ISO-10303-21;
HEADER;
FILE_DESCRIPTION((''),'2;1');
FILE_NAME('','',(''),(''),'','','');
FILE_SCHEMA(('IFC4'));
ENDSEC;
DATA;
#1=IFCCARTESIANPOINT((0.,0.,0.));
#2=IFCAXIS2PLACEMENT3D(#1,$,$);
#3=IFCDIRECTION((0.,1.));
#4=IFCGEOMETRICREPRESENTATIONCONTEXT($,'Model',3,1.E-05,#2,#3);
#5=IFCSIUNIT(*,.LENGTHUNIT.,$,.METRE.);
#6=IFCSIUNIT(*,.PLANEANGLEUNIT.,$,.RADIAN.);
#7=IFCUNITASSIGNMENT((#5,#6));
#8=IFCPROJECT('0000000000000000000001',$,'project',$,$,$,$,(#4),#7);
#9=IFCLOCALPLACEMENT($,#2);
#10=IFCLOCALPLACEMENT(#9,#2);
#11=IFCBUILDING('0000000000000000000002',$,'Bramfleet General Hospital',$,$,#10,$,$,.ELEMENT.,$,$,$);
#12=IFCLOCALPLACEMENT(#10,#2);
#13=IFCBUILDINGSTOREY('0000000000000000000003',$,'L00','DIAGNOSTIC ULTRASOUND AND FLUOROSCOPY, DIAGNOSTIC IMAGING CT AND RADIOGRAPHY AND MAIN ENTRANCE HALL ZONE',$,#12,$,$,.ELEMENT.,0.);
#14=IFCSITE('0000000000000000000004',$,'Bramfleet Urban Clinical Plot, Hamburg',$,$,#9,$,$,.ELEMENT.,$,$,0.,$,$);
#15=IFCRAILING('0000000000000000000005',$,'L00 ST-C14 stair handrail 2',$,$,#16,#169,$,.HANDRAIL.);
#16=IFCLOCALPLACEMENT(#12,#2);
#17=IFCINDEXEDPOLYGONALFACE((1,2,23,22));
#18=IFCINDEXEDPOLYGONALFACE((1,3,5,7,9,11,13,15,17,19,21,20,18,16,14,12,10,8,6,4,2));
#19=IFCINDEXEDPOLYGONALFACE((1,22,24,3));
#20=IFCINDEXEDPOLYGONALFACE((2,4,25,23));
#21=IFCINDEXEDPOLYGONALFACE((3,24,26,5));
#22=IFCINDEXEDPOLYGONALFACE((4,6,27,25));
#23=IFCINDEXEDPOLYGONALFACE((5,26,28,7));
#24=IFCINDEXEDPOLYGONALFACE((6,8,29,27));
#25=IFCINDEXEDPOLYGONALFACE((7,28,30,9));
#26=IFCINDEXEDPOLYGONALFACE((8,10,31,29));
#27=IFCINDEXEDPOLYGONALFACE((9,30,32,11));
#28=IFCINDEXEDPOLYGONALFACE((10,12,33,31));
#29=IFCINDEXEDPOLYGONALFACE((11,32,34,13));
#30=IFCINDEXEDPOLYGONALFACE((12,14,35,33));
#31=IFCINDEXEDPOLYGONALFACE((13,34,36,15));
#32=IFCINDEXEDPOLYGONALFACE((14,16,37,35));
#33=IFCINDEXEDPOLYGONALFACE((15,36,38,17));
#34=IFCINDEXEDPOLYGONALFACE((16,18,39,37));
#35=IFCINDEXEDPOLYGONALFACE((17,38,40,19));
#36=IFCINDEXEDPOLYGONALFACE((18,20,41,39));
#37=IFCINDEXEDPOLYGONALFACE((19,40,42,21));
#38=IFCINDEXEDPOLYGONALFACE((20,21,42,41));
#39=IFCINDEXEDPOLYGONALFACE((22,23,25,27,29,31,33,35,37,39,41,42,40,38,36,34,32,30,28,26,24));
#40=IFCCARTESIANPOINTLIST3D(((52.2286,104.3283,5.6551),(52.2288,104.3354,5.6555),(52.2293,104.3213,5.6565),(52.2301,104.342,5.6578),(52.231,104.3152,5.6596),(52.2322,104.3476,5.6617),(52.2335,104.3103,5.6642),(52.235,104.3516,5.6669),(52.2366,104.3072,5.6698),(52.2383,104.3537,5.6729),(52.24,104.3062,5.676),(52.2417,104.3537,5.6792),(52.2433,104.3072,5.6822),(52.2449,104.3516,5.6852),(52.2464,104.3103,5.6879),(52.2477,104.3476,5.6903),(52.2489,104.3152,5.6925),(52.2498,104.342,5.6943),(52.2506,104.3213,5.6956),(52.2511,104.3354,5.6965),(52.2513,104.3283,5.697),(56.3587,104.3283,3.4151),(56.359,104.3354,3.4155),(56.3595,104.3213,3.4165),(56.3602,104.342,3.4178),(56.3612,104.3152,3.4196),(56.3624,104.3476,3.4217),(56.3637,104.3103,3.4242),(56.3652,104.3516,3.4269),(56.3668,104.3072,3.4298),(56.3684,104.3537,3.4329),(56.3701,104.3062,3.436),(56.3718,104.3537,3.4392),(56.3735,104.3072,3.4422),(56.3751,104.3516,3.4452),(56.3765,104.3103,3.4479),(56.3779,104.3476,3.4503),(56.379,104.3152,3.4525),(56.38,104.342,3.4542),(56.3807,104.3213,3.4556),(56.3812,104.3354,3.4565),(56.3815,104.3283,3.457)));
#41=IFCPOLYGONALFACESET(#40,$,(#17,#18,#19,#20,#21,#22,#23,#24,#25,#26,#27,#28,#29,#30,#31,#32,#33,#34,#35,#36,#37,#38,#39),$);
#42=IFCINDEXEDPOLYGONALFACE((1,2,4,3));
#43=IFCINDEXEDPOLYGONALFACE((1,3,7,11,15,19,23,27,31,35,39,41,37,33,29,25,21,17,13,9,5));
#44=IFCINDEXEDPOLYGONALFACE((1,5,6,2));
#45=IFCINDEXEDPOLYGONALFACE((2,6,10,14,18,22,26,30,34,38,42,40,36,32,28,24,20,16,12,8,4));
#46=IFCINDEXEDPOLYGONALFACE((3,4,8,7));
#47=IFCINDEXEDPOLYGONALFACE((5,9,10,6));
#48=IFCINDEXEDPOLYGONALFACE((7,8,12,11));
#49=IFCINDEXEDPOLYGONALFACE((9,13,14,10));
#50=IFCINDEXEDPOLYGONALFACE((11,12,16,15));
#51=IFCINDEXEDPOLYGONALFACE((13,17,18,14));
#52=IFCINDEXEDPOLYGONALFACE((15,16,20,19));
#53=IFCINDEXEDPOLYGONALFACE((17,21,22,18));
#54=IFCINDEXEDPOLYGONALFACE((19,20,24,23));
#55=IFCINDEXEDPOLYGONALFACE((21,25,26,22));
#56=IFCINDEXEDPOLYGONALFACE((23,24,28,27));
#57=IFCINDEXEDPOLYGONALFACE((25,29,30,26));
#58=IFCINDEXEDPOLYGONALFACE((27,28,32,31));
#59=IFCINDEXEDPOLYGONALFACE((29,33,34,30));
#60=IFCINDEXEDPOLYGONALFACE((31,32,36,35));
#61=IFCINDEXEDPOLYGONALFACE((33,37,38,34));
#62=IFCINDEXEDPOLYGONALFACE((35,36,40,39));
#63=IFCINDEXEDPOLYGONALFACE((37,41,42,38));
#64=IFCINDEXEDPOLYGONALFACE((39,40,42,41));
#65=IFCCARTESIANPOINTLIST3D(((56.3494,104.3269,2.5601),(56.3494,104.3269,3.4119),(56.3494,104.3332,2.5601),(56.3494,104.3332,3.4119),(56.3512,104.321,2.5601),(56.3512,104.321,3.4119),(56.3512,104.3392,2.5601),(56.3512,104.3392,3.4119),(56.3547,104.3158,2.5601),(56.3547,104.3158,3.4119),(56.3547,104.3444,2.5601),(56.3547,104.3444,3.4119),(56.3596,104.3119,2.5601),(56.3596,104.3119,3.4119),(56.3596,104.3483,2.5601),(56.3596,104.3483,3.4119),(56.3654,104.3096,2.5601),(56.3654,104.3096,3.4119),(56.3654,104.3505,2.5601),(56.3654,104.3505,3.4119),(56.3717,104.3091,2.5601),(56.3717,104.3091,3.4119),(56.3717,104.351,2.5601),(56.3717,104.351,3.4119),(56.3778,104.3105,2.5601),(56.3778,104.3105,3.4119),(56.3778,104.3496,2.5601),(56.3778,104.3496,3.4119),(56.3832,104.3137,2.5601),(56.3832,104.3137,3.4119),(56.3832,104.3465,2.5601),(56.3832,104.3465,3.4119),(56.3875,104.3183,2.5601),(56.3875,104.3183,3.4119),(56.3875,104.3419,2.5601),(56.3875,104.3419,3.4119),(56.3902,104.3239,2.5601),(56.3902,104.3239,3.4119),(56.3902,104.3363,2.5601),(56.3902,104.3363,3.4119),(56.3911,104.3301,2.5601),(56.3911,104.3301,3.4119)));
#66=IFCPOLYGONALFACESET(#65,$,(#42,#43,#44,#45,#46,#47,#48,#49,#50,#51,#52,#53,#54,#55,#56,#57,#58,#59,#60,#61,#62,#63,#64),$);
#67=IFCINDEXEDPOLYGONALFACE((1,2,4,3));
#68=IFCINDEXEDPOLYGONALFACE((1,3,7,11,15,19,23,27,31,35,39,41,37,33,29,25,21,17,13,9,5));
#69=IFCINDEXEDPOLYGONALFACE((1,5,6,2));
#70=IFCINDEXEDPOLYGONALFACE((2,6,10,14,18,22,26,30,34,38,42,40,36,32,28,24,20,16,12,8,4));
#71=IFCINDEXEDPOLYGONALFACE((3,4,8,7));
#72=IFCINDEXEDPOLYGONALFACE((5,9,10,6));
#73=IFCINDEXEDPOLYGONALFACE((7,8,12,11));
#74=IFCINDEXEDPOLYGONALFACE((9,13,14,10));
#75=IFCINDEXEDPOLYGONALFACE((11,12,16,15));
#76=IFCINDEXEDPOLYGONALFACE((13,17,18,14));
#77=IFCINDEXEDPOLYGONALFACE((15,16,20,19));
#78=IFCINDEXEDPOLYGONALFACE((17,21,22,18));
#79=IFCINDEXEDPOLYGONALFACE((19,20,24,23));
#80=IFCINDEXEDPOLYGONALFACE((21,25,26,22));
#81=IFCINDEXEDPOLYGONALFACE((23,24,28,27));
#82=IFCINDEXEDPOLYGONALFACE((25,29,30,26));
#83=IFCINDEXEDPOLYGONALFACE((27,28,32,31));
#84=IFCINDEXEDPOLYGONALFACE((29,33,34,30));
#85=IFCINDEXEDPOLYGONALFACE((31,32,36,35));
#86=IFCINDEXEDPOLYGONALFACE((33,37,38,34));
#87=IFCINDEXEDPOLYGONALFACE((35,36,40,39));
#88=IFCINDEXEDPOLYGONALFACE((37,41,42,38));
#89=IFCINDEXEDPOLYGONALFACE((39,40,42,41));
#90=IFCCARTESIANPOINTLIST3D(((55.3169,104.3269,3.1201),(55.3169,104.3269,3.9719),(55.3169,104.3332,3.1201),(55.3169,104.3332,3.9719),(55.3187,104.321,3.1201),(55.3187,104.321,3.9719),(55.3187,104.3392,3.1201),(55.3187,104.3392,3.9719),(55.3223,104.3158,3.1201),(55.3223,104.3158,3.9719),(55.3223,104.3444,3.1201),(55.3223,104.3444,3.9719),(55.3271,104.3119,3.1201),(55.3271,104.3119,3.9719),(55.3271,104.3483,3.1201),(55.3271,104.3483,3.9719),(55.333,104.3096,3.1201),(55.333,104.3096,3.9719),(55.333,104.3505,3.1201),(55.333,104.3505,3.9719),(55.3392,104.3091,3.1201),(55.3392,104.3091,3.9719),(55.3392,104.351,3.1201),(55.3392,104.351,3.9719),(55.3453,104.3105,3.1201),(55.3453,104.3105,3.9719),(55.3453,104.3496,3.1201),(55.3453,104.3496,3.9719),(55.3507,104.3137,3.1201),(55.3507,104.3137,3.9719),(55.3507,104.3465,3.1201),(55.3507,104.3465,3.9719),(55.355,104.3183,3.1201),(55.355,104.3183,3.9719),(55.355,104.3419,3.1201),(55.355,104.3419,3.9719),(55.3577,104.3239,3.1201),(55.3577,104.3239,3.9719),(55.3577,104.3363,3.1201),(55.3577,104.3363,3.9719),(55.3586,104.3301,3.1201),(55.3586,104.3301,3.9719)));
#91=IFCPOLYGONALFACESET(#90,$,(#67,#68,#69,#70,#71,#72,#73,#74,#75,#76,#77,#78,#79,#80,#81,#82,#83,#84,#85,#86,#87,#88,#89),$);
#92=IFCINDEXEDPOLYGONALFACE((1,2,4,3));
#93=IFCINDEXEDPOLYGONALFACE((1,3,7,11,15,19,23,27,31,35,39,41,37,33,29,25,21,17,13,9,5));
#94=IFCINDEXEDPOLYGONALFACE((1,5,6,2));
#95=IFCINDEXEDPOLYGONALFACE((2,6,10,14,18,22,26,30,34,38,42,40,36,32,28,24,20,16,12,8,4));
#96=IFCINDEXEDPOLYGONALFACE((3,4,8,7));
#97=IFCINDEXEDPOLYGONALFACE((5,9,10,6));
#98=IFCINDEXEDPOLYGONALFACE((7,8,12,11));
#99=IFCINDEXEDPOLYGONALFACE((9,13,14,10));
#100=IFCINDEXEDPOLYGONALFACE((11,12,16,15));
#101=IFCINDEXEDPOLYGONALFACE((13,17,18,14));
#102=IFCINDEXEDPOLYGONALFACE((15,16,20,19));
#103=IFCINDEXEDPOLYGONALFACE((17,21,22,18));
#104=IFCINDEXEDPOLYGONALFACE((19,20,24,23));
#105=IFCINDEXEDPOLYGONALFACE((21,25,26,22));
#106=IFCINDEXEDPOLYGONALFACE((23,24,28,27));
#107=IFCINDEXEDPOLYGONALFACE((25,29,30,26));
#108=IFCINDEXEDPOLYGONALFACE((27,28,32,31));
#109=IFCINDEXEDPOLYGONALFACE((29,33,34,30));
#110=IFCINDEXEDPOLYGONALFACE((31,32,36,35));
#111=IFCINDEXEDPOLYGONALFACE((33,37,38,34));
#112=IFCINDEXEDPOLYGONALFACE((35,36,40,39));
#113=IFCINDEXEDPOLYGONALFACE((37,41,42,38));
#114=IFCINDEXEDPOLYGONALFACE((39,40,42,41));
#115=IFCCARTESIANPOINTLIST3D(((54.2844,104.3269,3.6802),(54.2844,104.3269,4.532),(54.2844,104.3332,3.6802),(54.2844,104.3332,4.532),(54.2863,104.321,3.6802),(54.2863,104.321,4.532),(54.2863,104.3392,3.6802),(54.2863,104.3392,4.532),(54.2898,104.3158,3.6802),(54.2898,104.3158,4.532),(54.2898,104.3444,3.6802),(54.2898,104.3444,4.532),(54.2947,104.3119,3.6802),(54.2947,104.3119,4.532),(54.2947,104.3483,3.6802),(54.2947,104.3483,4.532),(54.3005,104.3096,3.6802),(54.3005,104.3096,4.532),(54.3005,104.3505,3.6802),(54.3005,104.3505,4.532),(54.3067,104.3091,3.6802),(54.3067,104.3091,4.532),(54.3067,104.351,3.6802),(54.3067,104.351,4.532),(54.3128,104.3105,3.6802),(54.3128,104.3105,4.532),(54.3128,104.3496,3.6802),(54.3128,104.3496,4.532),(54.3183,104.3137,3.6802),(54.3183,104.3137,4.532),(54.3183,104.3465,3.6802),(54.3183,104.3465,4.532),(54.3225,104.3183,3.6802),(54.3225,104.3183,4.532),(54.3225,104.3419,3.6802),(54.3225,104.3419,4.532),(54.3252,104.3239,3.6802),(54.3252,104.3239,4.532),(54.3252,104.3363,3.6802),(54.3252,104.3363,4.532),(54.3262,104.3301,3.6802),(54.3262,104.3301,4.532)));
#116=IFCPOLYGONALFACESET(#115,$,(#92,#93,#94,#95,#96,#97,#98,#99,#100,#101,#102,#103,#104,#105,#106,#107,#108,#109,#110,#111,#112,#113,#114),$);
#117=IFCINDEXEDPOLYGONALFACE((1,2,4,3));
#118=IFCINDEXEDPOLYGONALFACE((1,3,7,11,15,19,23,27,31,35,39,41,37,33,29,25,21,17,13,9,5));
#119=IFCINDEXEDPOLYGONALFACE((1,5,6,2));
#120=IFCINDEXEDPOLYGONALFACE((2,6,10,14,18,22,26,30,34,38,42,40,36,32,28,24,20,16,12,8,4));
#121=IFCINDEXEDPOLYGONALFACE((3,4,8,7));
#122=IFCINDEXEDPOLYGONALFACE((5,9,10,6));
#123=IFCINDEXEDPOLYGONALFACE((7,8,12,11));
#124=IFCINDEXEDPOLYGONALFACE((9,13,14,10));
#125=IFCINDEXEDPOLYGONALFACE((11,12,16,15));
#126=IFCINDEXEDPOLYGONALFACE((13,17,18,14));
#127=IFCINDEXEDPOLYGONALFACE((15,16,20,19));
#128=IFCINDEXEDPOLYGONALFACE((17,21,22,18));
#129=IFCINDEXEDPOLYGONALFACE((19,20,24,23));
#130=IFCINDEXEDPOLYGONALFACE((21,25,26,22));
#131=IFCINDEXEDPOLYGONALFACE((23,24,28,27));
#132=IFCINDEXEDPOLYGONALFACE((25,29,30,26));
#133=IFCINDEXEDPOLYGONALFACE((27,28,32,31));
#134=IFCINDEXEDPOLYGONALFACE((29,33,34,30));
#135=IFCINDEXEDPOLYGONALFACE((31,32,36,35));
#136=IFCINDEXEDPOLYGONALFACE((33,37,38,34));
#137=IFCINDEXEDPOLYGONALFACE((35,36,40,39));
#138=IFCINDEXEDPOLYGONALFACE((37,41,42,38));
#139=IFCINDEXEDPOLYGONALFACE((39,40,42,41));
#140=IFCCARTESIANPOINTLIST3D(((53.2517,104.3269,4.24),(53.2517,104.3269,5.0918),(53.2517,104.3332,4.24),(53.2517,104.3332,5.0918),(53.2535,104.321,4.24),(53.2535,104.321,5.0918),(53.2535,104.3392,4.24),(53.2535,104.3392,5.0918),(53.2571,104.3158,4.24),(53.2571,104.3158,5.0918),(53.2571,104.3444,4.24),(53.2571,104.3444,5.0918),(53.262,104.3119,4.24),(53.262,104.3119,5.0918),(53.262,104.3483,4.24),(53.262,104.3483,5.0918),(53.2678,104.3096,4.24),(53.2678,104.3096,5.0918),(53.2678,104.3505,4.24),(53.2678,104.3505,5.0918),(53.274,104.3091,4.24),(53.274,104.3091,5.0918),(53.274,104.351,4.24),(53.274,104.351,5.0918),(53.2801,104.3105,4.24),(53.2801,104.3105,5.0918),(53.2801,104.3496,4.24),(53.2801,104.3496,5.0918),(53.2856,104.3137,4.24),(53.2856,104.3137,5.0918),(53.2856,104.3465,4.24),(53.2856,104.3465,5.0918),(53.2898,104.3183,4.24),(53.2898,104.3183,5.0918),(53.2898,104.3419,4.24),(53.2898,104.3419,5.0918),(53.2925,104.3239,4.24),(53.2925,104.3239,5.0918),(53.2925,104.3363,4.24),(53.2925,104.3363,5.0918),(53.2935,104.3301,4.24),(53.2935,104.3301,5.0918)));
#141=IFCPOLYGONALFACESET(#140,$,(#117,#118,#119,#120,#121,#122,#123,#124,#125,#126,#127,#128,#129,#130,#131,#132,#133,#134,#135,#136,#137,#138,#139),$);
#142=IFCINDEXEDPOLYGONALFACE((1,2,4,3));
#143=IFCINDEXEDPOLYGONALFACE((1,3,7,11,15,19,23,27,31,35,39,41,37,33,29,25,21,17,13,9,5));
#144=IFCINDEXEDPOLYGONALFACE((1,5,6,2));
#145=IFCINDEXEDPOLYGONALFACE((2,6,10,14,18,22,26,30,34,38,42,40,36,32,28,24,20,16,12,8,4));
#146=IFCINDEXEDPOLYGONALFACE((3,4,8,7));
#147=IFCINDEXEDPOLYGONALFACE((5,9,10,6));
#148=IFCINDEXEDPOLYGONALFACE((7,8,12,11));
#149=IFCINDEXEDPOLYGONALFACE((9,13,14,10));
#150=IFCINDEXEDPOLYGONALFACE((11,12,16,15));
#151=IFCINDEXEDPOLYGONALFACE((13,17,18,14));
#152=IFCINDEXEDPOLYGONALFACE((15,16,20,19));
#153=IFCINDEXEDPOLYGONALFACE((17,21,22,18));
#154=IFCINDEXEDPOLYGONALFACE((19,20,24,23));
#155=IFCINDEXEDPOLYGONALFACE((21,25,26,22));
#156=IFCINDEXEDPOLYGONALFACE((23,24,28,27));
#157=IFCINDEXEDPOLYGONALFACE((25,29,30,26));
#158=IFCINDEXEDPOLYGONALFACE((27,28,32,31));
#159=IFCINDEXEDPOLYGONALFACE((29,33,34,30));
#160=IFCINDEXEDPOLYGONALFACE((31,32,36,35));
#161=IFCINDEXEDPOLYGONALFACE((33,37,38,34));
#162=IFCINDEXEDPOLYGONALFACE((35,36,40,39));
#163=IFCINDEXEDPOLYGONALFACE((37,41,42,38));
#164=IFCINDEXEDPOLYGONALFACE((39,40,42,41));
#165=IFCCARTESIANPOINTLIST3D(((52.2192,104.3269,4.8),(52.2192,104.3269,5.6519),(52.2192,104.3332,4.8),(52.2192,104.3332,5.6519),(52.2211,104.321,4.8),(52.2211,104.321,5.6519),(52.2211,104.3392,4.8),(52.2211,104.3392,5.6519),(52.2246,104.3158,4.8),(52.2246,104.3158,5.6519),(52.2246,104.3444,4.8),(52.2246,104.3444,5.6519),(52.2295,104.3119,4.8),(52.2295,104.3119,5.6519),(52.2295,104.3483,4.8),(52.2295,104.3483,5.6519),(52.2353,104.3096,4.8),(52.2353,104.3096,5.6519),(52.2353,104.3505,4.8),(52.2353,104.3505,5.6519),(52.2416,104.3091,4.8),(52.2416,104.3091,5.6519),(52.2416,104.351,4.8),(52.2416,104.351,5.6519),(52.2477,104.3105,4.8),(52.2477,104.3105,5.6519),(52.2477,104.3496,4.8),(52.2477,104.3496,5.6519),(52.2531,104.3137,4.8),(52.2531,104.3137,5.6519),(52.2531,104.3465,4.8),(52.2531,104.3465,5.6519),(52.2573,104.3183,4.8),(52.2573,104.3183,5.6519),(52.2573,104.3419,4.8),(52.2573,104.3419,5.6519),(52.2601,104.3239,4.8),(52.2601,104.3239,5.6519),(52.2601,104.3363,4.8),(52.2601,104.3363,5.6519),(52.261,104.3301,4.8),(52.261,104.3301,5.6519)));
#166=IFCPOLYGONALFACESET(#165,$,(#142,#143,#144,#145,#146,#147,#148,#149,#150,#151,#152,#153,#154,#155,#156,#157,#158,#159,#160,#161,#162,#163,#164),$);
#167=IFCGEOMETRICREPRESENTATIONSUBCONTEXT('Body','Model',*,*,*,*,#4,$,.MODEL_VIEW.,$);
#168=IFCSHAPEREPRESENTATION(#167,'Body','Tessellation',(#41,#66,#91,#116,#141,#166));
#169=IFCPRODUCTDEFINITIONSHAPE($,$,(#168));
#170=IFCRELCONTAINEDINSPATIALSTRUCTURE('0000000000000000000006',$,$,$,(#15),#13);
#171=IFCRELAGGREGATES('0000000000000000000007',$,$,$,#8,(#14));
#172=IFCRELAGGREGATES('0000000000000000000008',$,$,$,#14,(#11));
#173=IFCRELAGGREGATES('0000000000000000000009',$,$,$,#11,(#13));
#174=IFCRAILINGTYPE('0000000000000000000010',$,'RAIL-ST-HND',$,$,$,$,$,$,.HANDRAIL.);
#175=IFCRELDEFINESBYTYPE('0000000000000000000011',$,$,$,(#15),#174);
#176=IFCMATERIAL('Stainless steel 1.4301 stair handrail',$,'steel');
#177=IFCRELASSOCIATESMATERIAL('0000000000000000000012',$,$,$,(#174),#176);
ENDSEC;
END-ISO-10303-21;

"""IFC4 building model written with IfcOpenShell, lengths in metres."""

from ifc_helpers import new_model, si_unit, direction, frame, origin, origin_2d, place, context, subcontext, project, spatial, circle, extrude, material, type_object, element, save


model = new_model("IFC4")

# Units and contexts
model_context = context("Model", 3, precision=1e-05, world=origin(), true_north=direction((0.0, 1.0)))
body_context = subcontext(model_context, "Body", "Model", "MODEL_VIEW")
ifc_project = project(units=[si_unit("LENGTHUNIT", "METRE"), si_unit("PLANEANGLEUNIT", "RADIAN")], contexts=[model_context])

# Site, building, storey
site_placement = place(None, origin())
site = spatial("IfcSite", under=ifc_project, at=site_placement, Name="Bramfleet Urban Clinical Plot, Hamburg", CompositionType="ELEMENT", RefElevation=0.0)
building_placement = place(site_placement, origin())
building = spatial("IfcBuilding", under=site, at=building_placement, Name="Bramfleet General Hospital", CompositionType="ELEMENT")
storey_placement = place(building_placement, origin())
storey = spatial("IfcBuildingStorey", under=building, at=storey_placement, Name="L00", Description="DIAGNOSTIC ULTRASOUND AND FLUOROSCOPY, DIAGNOSTIC IMAGING CT AND RADIOGRAPHY AND MAIN ENTRANCE HALL ZONE", CompositionType="ELEMENT", Elevation=0.0)

# Railing
ifc_material_1 = material(Name="Stainless steel 1.4301 stair handrail", Category="steel")
railing_type_1 = type_object("IfcRailingType", Name="RAIL-ST-HND", PredefinedType="HANDRAIL", material=ifc_material_1)
railing_1_placement = place(storey_placement, frame((56.3701, 104.3301, 2.5601)))
element("IfcRailing", 1, at=railing_1_placement, inside=storey, type_object=railing_type_1, Name="L00 ST-C14 stair handrail 2", PredefinedType="HANDRAIL", context=body_context, shape_type="SweptSolid", body=[
    extrude(circle(Radius=0.0239, at=origin_2d()), frame((0.0, 0.0, 0.876), z_axis=(-0.879039, 0.0, 0.47675), x_axis=(0.0, -1.0, 0.0)), (0.0, 0.0, 1.0), 4.6985),
    extrude(circle(Radius=0.021, at=origin_2d()), origin(), (0.0, 0.0, 1.0), 0.8518),
    extrude(circle(Radius=0.021, at=origin_2d()), frame((-1.0325, 0.0, 0.5601)), (0.0, 0.0, 1.0), 0.8518),
    extrude(circle(Radius=0.021, at=origin_2d()), frame((-2.0649, 0.0, 1.1201)), (0.0, 0.0, 1.0), 0.8518),
    extrude(circle(Radius=0.021, at=origin_2d()), frame((-3.0977, 0.0, 1.6799)), (0.0, 0.0, 1.0), 0.8518),
    extrude(circle(Radius=0.021, at=origin_2d()), frame((-4.1301, 0.0, 2.24)), (0.0, 0.0, 1.0), 0.8518),
])

save(model, "model.ifc")
